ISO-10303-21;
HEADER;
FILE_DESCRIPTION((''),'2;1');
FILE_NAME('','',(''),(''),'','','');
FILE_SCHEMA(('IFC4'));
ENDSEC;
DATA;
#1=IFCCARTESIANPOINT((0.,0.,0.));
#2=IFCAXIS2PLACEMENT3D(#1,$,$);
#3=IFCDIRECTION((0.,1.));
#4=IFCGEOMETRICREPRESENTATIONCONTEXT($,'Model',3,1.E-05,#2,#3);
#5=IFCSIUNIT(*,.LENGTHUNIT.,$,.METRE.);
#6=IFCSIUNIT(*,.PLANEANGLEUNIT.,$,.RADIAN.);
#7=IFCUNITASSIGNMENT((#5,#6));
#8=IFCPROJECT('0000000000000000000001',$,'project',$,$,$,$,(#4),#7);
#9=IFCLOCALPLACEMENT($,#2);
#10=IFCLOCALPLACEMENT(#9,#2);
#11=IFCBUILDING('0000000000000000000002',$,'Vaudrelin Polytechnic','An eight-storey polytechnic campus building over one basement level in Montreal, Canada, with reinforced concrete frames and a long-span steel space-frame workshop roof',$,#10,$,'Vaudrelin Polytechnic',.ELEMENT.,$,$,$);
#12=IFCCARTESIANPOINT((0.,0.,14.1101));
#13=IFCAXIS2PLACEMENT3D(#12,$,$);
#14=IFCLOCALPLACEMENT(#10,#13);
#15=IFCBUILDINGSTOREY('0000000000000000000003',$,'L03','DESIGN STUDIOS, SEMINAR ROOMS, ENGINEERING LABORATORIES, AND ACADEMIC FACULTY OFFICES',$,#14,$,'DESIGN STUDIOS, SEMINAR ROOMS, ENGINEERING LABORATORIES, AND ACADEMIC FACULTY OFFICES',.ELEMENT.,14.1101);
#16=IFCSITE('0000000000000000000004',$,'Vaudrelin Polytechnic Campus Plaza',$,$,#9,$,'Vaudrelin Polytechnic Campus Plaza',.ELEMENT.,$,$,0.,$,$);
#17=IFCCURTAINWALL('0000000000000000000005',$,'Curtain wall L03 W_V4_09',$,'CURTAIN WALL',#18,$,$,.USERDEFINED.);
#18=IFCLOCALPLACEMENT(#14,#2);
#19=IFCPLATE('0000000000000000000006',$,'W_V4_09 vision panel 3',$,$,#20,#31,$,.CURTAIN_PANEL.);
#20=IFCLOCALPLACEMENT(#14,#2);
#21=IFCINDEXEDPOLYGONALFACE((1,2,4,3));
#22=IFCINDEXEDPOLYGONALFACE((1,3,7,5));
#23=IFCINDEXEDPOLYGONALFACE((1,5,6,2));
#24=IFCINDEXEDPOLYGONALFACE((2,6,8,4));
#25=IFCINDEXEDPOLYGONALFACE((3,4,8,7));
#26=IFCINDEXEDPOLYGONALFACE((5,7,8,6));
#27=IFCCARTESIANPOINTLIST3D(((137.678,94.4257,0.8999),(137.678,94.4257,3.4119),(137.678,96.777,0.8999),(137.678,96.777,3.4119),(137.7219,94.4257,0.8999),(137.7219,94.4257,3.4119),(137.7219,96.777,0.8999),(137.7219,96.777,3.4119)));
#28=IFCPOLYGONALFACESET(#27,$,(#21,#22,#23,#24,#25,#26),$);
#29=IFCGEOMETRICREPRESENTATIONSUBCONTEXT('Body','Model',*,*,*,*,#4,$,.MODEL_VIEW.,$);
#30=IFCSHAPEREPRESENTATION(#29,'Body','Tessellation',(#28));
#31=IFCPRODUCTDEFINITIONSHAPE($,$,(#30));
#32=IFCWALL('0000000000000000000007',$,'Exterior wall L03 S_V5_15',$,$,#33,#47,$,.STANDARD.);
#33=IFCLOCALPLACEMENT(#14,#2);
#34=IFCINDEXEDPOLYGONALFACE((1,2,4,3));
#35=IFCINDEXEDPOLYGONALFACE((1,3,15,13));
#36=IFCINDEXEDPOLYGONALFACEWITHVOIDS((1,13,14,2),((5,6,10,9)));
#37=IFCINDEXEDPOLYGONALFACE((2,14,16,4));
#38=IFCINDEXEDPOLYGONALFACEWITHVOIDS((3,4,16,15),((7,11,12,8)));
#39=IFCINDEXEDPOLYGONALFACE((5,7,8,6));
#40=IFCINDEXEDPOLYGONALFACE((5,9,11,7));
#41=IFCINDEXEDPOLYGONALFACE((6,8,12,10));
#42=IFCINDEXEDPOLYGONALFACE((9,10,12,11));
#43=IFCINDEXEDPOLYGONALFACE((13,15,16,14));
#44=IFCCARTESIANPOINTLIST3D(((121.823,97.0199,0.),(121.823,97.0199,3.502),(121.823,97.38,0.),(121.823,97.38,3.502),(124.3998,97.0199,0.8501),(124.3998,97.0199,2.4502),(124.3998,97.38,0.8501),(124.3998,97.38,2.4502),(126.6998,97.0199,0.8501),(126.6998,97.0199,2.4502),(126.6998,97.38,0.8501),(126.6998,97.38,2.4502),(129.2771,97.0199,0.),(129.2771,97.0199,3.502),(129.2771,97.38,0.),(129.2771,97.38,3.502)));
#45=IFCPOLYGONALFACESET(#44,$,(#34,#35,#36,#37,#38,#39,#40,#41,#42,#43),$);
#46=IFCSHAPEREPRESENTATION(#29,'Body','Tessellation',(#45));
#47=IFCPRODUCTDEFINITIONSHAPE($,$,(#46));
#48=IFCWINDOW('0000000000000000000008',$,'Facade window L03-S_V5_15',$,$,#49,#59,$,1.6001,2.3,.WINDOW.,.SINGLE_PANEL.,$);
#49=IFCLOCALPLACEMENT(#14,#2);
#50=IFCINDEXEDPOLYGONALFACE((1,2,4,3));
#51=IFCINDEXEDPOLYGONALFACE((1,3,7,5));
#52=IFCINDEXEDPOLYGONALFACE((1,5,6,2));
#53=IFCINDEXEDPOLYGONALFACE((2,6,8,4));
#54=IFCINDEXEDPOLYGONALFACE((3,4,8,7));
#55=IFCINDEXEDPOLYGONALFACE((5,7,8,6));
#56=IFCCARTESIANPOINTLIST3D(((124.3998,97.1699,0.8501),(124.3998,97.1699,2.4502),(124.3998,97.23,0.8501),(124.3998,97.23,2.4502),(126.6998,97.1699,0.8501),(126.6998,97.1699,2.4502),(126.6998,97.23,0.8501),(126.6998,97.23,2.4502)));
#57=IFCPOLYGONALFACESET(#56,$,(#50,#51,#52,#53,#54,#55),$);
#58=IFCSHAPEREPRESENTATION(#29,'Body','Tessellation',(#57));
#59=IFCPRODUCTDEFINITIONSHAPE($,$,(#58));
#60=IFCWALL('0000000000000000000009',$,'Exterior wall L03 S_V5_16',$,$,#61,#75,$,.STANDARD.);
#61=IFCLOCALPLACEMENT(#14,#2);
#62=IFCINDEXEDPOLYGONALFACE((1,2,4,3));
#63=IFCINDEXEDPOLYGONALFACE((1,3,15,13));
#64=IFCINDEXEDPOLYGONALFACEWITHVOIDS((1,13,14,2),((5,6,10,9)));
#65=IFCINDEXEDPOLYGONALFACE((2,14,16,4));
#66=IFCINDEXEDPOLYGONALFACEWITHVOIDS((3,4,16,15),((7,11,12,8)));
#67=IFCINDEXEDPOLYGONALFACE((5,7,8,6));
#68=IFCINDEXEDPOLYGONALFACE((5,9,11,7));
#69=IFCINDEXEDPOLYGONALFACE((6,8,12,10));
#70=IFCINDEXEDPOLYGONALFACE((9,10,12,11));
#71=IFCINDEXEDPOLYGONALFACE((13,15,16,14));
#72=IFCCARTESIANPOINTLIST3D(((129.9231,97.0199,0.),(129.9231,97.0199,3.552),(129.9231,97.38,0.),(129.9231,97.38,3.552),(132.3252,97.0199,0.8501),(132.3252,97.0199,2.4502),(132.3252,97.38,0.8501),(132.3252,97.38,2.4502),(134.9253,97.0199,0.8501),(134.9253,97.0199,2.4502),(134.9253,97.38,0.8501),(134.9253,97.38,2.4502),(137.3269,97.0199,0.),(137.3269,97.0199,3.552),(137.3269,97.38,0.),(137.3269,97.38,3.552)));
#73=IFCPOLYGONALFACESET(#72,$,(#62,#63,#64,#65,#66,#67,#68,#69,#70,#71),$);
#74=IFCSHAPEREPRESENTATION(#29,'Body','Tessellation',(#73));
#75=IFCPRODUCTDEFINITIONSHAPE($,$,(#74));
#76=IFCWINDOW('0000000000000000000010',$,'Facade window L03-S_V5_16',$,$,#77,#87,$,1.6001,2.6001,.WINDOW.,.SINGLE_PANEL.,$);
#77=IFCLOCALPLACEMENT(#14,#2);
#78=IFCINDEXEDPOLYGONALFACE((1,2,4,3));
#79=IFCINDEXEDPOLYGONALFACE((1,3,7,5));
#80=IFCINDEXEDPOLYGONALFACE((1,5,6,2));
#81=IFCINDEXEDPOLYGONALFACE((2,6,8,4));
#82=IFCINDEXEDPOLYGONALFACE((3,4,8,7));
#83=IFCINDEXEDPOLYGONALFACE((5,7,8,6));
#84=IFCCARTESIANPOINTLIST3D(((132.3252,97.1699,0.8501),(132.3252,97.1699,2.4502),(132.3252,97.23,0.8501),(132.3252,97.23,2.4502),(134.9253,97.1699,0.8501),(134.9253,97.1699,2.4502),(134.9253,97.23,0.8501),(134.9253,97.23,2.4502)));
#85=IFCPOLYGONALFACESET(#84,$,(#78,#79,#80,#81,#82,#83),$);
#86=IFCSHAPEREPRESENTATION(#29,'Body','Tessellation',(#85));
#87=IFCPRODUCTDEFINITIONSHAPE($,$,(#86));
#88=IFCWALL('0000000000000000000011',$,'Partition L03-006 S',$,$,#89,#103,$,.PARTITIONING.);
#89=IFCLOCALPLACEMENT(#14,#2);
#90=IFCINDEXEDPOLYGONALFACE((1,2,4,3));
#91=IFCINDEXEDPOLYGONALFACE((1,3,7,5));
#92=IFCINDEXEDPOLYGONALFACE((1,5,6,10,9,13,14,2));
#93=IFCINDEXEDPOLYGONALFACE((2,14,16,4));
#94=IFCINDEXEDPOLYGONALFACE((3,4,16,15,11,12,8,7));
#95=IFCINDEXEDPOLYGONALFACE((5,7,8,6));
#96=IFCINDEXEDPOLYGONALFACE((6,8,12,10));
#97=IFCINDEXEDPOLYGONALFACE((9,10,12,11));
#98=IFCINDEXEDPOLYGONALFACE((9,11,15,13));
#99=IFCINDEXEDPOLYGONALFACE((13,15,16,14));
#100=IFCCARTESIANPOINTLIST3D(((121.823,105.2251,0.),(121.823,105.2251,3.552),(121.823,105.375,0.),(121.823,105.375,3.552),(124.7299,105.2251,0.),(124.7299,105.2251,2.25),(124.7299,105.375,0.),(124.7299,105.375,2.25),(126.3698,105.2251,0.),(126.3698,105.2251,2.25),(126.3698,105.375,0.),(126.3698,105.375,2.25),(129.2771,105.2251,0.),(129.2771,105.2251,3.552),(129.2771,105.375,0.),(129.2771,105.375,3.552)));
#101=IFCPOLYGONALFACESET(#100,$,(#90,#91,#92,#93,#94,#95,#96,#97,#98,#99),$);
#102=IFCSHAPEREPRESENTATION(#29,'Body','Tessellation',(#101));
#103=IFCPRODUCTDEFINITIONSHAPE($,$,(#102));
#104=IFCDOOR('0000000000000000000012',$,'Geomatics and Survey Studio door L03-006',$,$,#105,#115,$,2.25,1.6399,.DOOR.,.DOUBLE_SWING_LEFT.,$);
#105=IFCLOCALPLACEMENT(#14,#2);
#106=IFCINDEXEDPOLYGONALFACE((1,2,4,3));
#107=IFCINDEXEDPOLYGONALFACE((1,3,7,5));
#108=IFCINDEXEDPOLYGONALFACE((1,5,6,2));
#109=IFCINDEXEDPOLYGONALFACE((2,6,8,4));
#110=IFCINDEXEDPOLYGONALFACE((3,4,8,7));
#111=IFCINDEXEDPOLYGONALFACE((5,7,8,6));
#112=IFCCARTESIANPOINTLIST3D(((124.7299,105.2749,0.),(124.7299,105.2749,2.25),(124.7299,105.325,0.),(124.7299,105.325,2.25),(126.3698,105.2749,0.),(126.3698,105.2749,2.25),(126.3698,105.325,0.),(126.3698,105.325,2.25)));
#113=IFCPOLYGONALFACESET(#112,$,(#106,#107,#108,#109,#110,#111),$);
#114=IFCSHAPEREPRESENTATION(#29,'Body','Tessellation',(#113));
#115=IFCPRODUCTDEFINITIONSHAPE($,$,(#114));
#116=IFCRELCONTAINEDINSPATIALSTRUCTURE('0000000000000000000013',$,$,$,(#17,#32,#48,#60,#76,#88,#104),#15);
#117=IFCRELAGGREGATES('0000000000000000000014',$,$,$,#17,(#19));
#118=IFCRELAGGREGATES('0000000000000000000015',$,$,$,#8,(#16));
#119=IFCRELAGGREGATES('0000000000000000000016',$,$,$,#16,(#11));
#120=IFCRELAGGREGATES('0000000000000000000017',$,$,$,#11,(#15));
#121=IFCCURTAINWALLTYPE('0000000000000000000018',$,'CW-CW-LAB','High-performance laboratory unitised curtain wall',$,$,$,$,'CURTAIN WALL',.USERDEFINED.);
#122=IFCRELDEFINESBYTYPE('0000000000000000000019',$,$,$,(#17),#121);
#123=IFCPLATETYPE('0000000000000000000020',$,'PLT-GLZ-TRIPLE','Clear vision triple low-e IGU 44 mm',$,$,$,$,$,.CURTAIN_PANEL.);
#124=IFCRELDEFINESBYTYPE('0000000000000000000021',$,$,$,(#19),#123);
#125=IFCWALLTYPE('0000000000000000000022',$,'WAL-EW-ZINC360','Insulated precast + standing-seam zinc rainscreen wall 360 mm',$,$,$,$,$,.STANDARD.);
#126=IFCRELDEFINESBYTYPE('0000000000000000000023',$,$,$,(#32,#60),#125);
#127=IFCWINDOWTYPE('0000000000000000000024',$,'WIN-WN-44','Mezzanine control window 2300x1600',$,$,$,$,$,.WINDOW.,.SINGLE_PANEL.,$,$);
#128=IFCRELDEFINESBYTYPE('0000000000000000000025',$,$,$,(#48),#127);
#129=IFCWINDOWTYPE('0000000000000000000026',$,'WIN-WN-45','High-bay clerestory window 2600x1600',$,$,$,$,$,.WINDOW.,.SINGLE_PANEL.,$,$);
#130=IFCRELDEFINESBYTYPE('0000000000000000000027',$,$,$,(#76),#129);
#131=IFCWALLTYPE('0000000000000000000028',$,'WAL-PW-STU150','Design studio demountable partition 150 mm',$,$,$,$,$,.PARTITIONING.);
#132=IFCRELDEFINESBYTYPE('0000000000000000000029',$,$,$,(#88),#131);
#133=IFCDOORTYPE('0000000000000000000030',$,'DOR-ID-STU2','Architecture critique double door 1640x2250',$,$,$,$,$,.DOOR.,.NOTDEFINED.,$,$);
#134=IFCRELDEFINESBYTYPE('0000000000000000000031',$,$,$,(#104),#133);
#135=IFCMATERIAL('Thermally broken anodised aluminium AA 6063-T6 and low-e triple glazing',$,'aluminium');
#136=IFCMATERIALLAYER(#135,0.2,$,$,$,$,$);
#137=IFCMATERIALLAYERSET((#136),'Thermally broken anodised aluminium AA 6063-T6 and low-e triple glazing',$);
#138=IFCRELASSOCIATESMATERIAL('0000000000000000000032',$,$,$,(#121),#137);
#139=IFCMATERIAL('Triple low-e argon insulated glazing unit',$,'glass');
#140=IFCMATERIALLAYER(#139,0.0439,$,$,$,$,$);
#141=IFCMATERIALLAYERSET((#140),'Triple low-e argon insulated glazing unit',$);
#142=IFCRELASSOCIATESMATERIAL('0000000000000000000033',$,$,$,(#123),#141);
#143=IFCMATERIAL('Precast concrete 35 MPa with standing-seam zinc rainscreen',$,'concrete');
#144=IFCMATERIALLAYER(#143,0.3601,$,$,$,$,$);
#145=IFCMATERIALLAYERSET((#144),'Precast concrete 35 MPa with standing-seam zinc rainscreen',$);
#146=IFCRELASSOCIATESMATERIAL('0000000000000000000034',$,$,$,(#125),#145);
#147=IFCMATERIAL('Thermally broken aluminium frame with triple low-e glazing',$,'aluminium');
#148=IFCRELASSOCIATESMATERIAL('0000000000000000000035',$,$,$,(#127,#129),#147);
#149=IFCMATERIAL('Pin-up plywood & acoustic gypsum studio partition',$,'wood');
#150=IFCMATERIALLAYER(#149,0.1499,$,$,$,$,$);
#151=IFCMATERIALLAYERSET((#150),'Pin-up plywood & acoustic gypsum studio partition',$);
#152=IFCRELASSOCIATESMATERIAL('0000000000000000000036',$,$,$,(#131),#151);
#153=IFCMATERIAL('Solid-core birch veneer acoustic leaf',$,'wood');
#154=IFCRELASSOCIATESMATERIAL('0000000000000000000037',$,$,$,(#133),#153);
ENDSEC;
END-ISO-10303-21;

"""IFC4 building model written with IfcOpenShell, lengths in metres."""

from ifc_helpers import new_model, si_unit, direction, frame, frame_2d, origin, origin_2d, place, context, subcontext, project, spatial, rectangle, extrude, material, layer, layer_set, type_object, element, fill, aggregate, save


model = new_model("IFC4")

# Units and contexts
model_context = context("Model", 3, precision=1e-05, world=origin(), true_north=direction((0.0, 1.0)))
body_context = subcontext(model_context, "Body", "Model", "MODEL_VIEW")
ifc_project = project(units=[si_unit("LENGTHUNIT", "METRE"), si_unit("PLANEANGLEUNIT", "RADIAN")], contexts=[model_context])

# Site, building, storey
site_placement = place(None, origin())
site = spatial("IfcSite", under=ifc_project, at=site_placement, Name="Vaudrelin Polytechnic Campus Plaza", LongName="Vaudrelin Polytechnic Campus Plaza", CompositionType="ELEMENT", RefElevation=0.0)
building_placement = place(site_placement, origin())
building = spatial("IfcBuilding", under=site, at=building_placement, Name="Vaudrelin Polytechnic", Description="An eight-storey polytechnic campus building over one basement level in Montreal, Canada, with reinforced concrete frames and a long-span steel space-frame workshop roof", LongName="Vaudrelin Polytechnic", CompositionType="ELEMENT")
storey_placement = place(building_placement, frame((0.0, 0.0, 14.1101)))
storey = spatial("IfcBuildingStorey", under=building, at=storey_placement, Name="L03", Description="DESIGN STUDIOS, SEMINAR ROOMS, ENGINEERING LABORATORIES, AND ACADEMIC FACULTY OFFICES", LongName="DESIGN STUDIOS, SEMINAR ROOMS, ENGINEERING LABORATORIES, AND ACADEMIC FACULTY OFFICES", CompositionType="ELEMENT", Elevation=14.1101)

# Curtain wall, plate
ifc_material_1 = material(Name="Thermally broken anodised aluminium AA 6063-T6 and low-e triple glazing", Category="aluminium")
ifc_layer_1 = layer(ifc_material_1, 0.2)
ifc_layer_set_1 = layer_set([ifc_layer_1], Name="Thermally broken anodised aluminium AA 6063-T6 and low-e triple glazing")
curtain_wall_type = type_object("IfcCurtainWallType", Name="CW-CW-LAB", Description="High-performance laboratory unitised curtain wall", ElementType="CURTAIN WALL", PredefinedType="USERDEFINED", material=ifc_layer_set_1)
curtain_wall_placement = place(storey_placement, origin())
curtain_wall = element("IfcCurtainWall", 1, at=curtain_wall_placement, inside=storey, type_object=curtain_wall_type, Name="Curtain wall L03 W_V4_09", ObjectType="CURTAIN WALL", PredefinedType="USERDEFINED")
ifc_material_2 = material(Name="Triple low-e argon insulated glazing unit", Category="glass")
ifc_layer_2 = layer(ifc_material_2, 0.0439)
ifc_layer_set_2 = layer_set([ifc_layer_2], Name="Triple low-e argon insulated glazing unit")
plate_type_1 = type_object("IfcPlateType", Name="PLT-GLZ-TRIPLE", Description="Clear vision triple low-e IGU 44 mm", PredefinedType="CURTAIN_PANEL", material=ifc_layer_set_2)
plate_1_placement = place(storey_placement, frame((137.7, 95.6013, 0.8999), z_axis=(0.0, 0.0, 1.0), x_axis=(0.0, 1.0, 0.0)))
plate_1 = element("IfcPlate", 2, at=plate_1_placement, type_object=plate_type_1, Name="W_V4_09 vision panel 3", PredefinedType="CURTAIN_PANEL", context=body_context, shape_type="SweptSolid", body=[
    extrude(rectangle(XDim=2.3513, YDim=0.0439, at=origin_2d()), origin(), (0.0, 0.0, 1.0), 2.512),
])
aggregate(curtain_wall, [plate_1])

# Walls, openings, windows
ifc_material_3 = material(Name="Precast concrete 35 MPa with standing-seam zinc rainscreen", Category="concrete")
ifc_layer_3 = layer(ifc_material_3, 0.3601)
ifc_layer_set_3 = layer_set([ifc_layer_3], Name="Precast concrete 35 MPa with standing-seam zinc rainscreen")
wall_type_1 = type_object("IfcWallType", Name="WAL-EW-ZINC360", Description="Insulated precast + standing-seam zinc rainscreen wall 360 mm", PredefinedType="STANDARD", material=ifc_layer_set_3)
wall_1_placement = place(storey_placement, frame((121.823, 97.2, 0.0), z_axis=(0.0, 0.0, 1.0), x_axis=(1.0, 0.0, 0.0)))
wall_1 = element("IfcWall", 3, at=wall_1_placement, inside=storey, type_object=wall_type_1, Name="Exterior wall L03 S_V5_15", PredefinedType="STANDARD", context=body_context, shape_type="SweptSolid", body=[
    extrude(rectangle(XDim=7.4541, YDim=0.3601, at=frame_2d((3.7271, 0.0))), origin(), (0.0, 0.0, 1.0), 3.502),
])
opening_1_placement = place(wall_1_placement, frame((2.5769, 0.0, 0.8501)))
opening_1 = element("IfcOpeningElement", 4, at=opening_1_placement, cuts=wall_1, PredefinedType="OPENING", context=body_context, shape_type="SweptSolid", body=[
    extrude(rectangle(XDim=2.3, YDim=1.6001, at=frame_2d((1.1499, 0.8))), frame((0.0, 0.1899, 0.0), z_axis=(0.0, -1.0, 0.0), x_axis=(1.0, 0.0, 0.0)), (0.0, 0.0, 1.0), 0.3801),
])
ifc_material_4 = material(Name="Thermally broken aluminium frame with triple low-e glazing", Category="aluminium")
window_type_1 = type_object("IfcWindowType", Name="WIN-WN-44", Description="Mezzanine control window 2300x1600", PartitioningType="SINGLE_PANEL", PredefinedType="WINDOW", material=ifc_material_4)
window_1_placement = place(opening_1_placement, origin())
window_1 = element("IfcWindow", 5, at=window_1_placement, inside=storey, type_object=window_type_1, Name="Facade window L03-S_V5_15", OverallHeight=1.6001, OverallWidth=2.3, PartitioningType="SINGLE_PANEL", PredefinedType="WINDOW", context=body_context, shape_type="SweptSolid", body=[
    extrude(rectangle(XDim=2.3, YDim=1.6001, at=frame_2d((1.1499, 0.8))), frame((0.0, 0.03, 0.0), z_axis=(0.0, -1.0, 0.0), x_axis=(1.0, 0.0, 0.0)), (0.0, 0.0, 1.0), 0.0601),
])
fill(opening_1, window_1)
wall_2_placement = place(storey_placement, frame((129.9231, 97.2, 0.0), z_axis=(0.0, 0.0, 1.0), x_axis=(1.0, 0.0, 0.0)))
wall_2 = element("IfcWall", 6, at=wall_2_placement, inside=storey, type_object=wall_type_1, Name="Exterior wall L03 S_V5_16", PredefinedType="STANDARD", context=body_context, shape_type="SweptSolid", body=[
    extrude(rectangle(XDim=7.4038, YDim=0.3601, at=frame_2d((3.7019, 0.0))), origin(), (0.0, 0.0, 1.0), 3.552),
])
opening_2_placement = place(wall_2_placement, frame((2.4021, 0.0, 0.8501)))
opening_2 = element("IfcOpeningElement", 7, at=opening_2_placement, cuts=wall_2, PredefinedType="OPENING", context=body_context, shape_type="SweptSolid", body=[
    extrude(rectangle(XDim=2.6001, YDim=1.6001, at=frame_2d((1.3, 0.8))), frame((0.0, 0.1899, 0.0), z_axis=(0.0, -1.0, 0.0), x_axis=(1.0, 0.0, 0.0)), (0.0, 0.0, 1.0), 0.3801),
])
window_type_2 = type_object("IfcWindowType", Name="WIN-WN-45", Description="High-bay clerestory window 2600x1600", PartitioningType="SINGLE_PANEL", PredefinedType="WINDOW", material=ifc_material_4)
window_2_placement = place(opening_2_placement, origin())
window_2 = element("IfcWindow", 8, at=window_2_placement, inside=storey, type_object=window_type_2, Name="Facade window L03-S_V5_16", OverallHeight=1.6001, OverallWidth=2.6001, PartitioningType="SINGLE_PANEL", PredefinedType="WINDOW", context=body_context, shape_type="SweptSolid", body=[
    extrude(rectangle(XDim=2.6001, YDim=1.6001, at=frame_2d((1.3, 0.8))), frame((0.0, 0.03, 0.0), z_axis=(0.0, -1.0, 0.0), x_axis=(1.0, 0.0, 0.0)), (0.0, 0.0, 1.0), 0.0601),
])
fill(opening_2, window_2)

# Wall, opening, door
ifc_material_5 = material(Name="Pin-up plywood & acoustic gypsum studio partition", Category="wood")
ifc_layer_4 = layer(ifc_material_5, 0.1499)
ifc_layer_set_4 = layer_set([ifc_layer_4], Name="Pin-up plywood & acoustic gypsum studio partition")
wall_type_2 = type_object("IfcWallType", Name="WAL-PW-STU150", Description="Design studio demountable partition 150 mm", PredefinedType="PARTITIONING", material=ifc_layer_set_4)
wall_3_placement = place(storey_placement, frame((121.823, 105.3, 0.0), z_axis=(0.0, 0.0, 1.0), x_axis=(1.0, 0.0, 0.0)))
wall_3 = element("IfcWall", 9, at=wall_3_placement, inside=storey, type_object=wall_type_2, Name="Partition L03-006 S", PredefinedType="PARTITIONING", context=body_context, shape_type="SweptSolid", body=[
    extrude(rectangle(XDim=7.4541, YDim=0.1499, at=frame_2d((3.7271, 0.0))), origin(), (0.0, 0.0, 1.0), 3.552),
])
opening_3_placement = place(wall_3_placement, frame((2.907, 0.0, 0.0)))
opening_3 = element("IfcOpeningElement", 10, at=opening_3_placement, cuts=wall_3, PredefinedType="OPENING", context=body_context, shape_type="SweptSolid", body=[
    extrude(rectangle(XDim=1.6399, YDim=2.25, at=frame_2d((0.8198, 1.125))), frame((0.0, 0.085, 0.0), z_axis=(0.0, -1.0, 0.0), x_axis=(1.0, 0.0, 0.0)), (0.0, 0.0, 1.0), 0.1699),
])
ifc_material_6 = material(Name="Solid-core birch veneer acoustic leaf", Category="wood")
door_type = type_object("IfcDoorType", Name="DOR-ID-STU2", Description="Architecture critique double door 1640x2250", OperationType="NOTDEFINED", PredefinedType="DOOR", material=ifc_material_6)
door_placement = place(opening_3_placement, origin())
door = element("IfcDoor", 11, at=door_placement, inside=storey, type_object=door_type, Name="Geomatics and Survey Studio door L03-006", OperationType="DOUBLE_SWING_LEFT", OverallHeight=2.25, OverallWidth=1.6399, PredefinedType="DOOR", context=body_context, shape_type="SweptSolid", body=[
    extrude(rectangle(XDim=1.6399, YDim=2.25, at=frame_2d((0.8198, 1.125))), frame((0.0, 0.0249, 0.0), z_axis=(0.0, -1.0, 0.0), x_axis=(1.0, 0.0, 0.0)), (0.0, 0.0, 1.0), 0.05),
])
fill(opening_3, door)

save(model, "model.ifc")
